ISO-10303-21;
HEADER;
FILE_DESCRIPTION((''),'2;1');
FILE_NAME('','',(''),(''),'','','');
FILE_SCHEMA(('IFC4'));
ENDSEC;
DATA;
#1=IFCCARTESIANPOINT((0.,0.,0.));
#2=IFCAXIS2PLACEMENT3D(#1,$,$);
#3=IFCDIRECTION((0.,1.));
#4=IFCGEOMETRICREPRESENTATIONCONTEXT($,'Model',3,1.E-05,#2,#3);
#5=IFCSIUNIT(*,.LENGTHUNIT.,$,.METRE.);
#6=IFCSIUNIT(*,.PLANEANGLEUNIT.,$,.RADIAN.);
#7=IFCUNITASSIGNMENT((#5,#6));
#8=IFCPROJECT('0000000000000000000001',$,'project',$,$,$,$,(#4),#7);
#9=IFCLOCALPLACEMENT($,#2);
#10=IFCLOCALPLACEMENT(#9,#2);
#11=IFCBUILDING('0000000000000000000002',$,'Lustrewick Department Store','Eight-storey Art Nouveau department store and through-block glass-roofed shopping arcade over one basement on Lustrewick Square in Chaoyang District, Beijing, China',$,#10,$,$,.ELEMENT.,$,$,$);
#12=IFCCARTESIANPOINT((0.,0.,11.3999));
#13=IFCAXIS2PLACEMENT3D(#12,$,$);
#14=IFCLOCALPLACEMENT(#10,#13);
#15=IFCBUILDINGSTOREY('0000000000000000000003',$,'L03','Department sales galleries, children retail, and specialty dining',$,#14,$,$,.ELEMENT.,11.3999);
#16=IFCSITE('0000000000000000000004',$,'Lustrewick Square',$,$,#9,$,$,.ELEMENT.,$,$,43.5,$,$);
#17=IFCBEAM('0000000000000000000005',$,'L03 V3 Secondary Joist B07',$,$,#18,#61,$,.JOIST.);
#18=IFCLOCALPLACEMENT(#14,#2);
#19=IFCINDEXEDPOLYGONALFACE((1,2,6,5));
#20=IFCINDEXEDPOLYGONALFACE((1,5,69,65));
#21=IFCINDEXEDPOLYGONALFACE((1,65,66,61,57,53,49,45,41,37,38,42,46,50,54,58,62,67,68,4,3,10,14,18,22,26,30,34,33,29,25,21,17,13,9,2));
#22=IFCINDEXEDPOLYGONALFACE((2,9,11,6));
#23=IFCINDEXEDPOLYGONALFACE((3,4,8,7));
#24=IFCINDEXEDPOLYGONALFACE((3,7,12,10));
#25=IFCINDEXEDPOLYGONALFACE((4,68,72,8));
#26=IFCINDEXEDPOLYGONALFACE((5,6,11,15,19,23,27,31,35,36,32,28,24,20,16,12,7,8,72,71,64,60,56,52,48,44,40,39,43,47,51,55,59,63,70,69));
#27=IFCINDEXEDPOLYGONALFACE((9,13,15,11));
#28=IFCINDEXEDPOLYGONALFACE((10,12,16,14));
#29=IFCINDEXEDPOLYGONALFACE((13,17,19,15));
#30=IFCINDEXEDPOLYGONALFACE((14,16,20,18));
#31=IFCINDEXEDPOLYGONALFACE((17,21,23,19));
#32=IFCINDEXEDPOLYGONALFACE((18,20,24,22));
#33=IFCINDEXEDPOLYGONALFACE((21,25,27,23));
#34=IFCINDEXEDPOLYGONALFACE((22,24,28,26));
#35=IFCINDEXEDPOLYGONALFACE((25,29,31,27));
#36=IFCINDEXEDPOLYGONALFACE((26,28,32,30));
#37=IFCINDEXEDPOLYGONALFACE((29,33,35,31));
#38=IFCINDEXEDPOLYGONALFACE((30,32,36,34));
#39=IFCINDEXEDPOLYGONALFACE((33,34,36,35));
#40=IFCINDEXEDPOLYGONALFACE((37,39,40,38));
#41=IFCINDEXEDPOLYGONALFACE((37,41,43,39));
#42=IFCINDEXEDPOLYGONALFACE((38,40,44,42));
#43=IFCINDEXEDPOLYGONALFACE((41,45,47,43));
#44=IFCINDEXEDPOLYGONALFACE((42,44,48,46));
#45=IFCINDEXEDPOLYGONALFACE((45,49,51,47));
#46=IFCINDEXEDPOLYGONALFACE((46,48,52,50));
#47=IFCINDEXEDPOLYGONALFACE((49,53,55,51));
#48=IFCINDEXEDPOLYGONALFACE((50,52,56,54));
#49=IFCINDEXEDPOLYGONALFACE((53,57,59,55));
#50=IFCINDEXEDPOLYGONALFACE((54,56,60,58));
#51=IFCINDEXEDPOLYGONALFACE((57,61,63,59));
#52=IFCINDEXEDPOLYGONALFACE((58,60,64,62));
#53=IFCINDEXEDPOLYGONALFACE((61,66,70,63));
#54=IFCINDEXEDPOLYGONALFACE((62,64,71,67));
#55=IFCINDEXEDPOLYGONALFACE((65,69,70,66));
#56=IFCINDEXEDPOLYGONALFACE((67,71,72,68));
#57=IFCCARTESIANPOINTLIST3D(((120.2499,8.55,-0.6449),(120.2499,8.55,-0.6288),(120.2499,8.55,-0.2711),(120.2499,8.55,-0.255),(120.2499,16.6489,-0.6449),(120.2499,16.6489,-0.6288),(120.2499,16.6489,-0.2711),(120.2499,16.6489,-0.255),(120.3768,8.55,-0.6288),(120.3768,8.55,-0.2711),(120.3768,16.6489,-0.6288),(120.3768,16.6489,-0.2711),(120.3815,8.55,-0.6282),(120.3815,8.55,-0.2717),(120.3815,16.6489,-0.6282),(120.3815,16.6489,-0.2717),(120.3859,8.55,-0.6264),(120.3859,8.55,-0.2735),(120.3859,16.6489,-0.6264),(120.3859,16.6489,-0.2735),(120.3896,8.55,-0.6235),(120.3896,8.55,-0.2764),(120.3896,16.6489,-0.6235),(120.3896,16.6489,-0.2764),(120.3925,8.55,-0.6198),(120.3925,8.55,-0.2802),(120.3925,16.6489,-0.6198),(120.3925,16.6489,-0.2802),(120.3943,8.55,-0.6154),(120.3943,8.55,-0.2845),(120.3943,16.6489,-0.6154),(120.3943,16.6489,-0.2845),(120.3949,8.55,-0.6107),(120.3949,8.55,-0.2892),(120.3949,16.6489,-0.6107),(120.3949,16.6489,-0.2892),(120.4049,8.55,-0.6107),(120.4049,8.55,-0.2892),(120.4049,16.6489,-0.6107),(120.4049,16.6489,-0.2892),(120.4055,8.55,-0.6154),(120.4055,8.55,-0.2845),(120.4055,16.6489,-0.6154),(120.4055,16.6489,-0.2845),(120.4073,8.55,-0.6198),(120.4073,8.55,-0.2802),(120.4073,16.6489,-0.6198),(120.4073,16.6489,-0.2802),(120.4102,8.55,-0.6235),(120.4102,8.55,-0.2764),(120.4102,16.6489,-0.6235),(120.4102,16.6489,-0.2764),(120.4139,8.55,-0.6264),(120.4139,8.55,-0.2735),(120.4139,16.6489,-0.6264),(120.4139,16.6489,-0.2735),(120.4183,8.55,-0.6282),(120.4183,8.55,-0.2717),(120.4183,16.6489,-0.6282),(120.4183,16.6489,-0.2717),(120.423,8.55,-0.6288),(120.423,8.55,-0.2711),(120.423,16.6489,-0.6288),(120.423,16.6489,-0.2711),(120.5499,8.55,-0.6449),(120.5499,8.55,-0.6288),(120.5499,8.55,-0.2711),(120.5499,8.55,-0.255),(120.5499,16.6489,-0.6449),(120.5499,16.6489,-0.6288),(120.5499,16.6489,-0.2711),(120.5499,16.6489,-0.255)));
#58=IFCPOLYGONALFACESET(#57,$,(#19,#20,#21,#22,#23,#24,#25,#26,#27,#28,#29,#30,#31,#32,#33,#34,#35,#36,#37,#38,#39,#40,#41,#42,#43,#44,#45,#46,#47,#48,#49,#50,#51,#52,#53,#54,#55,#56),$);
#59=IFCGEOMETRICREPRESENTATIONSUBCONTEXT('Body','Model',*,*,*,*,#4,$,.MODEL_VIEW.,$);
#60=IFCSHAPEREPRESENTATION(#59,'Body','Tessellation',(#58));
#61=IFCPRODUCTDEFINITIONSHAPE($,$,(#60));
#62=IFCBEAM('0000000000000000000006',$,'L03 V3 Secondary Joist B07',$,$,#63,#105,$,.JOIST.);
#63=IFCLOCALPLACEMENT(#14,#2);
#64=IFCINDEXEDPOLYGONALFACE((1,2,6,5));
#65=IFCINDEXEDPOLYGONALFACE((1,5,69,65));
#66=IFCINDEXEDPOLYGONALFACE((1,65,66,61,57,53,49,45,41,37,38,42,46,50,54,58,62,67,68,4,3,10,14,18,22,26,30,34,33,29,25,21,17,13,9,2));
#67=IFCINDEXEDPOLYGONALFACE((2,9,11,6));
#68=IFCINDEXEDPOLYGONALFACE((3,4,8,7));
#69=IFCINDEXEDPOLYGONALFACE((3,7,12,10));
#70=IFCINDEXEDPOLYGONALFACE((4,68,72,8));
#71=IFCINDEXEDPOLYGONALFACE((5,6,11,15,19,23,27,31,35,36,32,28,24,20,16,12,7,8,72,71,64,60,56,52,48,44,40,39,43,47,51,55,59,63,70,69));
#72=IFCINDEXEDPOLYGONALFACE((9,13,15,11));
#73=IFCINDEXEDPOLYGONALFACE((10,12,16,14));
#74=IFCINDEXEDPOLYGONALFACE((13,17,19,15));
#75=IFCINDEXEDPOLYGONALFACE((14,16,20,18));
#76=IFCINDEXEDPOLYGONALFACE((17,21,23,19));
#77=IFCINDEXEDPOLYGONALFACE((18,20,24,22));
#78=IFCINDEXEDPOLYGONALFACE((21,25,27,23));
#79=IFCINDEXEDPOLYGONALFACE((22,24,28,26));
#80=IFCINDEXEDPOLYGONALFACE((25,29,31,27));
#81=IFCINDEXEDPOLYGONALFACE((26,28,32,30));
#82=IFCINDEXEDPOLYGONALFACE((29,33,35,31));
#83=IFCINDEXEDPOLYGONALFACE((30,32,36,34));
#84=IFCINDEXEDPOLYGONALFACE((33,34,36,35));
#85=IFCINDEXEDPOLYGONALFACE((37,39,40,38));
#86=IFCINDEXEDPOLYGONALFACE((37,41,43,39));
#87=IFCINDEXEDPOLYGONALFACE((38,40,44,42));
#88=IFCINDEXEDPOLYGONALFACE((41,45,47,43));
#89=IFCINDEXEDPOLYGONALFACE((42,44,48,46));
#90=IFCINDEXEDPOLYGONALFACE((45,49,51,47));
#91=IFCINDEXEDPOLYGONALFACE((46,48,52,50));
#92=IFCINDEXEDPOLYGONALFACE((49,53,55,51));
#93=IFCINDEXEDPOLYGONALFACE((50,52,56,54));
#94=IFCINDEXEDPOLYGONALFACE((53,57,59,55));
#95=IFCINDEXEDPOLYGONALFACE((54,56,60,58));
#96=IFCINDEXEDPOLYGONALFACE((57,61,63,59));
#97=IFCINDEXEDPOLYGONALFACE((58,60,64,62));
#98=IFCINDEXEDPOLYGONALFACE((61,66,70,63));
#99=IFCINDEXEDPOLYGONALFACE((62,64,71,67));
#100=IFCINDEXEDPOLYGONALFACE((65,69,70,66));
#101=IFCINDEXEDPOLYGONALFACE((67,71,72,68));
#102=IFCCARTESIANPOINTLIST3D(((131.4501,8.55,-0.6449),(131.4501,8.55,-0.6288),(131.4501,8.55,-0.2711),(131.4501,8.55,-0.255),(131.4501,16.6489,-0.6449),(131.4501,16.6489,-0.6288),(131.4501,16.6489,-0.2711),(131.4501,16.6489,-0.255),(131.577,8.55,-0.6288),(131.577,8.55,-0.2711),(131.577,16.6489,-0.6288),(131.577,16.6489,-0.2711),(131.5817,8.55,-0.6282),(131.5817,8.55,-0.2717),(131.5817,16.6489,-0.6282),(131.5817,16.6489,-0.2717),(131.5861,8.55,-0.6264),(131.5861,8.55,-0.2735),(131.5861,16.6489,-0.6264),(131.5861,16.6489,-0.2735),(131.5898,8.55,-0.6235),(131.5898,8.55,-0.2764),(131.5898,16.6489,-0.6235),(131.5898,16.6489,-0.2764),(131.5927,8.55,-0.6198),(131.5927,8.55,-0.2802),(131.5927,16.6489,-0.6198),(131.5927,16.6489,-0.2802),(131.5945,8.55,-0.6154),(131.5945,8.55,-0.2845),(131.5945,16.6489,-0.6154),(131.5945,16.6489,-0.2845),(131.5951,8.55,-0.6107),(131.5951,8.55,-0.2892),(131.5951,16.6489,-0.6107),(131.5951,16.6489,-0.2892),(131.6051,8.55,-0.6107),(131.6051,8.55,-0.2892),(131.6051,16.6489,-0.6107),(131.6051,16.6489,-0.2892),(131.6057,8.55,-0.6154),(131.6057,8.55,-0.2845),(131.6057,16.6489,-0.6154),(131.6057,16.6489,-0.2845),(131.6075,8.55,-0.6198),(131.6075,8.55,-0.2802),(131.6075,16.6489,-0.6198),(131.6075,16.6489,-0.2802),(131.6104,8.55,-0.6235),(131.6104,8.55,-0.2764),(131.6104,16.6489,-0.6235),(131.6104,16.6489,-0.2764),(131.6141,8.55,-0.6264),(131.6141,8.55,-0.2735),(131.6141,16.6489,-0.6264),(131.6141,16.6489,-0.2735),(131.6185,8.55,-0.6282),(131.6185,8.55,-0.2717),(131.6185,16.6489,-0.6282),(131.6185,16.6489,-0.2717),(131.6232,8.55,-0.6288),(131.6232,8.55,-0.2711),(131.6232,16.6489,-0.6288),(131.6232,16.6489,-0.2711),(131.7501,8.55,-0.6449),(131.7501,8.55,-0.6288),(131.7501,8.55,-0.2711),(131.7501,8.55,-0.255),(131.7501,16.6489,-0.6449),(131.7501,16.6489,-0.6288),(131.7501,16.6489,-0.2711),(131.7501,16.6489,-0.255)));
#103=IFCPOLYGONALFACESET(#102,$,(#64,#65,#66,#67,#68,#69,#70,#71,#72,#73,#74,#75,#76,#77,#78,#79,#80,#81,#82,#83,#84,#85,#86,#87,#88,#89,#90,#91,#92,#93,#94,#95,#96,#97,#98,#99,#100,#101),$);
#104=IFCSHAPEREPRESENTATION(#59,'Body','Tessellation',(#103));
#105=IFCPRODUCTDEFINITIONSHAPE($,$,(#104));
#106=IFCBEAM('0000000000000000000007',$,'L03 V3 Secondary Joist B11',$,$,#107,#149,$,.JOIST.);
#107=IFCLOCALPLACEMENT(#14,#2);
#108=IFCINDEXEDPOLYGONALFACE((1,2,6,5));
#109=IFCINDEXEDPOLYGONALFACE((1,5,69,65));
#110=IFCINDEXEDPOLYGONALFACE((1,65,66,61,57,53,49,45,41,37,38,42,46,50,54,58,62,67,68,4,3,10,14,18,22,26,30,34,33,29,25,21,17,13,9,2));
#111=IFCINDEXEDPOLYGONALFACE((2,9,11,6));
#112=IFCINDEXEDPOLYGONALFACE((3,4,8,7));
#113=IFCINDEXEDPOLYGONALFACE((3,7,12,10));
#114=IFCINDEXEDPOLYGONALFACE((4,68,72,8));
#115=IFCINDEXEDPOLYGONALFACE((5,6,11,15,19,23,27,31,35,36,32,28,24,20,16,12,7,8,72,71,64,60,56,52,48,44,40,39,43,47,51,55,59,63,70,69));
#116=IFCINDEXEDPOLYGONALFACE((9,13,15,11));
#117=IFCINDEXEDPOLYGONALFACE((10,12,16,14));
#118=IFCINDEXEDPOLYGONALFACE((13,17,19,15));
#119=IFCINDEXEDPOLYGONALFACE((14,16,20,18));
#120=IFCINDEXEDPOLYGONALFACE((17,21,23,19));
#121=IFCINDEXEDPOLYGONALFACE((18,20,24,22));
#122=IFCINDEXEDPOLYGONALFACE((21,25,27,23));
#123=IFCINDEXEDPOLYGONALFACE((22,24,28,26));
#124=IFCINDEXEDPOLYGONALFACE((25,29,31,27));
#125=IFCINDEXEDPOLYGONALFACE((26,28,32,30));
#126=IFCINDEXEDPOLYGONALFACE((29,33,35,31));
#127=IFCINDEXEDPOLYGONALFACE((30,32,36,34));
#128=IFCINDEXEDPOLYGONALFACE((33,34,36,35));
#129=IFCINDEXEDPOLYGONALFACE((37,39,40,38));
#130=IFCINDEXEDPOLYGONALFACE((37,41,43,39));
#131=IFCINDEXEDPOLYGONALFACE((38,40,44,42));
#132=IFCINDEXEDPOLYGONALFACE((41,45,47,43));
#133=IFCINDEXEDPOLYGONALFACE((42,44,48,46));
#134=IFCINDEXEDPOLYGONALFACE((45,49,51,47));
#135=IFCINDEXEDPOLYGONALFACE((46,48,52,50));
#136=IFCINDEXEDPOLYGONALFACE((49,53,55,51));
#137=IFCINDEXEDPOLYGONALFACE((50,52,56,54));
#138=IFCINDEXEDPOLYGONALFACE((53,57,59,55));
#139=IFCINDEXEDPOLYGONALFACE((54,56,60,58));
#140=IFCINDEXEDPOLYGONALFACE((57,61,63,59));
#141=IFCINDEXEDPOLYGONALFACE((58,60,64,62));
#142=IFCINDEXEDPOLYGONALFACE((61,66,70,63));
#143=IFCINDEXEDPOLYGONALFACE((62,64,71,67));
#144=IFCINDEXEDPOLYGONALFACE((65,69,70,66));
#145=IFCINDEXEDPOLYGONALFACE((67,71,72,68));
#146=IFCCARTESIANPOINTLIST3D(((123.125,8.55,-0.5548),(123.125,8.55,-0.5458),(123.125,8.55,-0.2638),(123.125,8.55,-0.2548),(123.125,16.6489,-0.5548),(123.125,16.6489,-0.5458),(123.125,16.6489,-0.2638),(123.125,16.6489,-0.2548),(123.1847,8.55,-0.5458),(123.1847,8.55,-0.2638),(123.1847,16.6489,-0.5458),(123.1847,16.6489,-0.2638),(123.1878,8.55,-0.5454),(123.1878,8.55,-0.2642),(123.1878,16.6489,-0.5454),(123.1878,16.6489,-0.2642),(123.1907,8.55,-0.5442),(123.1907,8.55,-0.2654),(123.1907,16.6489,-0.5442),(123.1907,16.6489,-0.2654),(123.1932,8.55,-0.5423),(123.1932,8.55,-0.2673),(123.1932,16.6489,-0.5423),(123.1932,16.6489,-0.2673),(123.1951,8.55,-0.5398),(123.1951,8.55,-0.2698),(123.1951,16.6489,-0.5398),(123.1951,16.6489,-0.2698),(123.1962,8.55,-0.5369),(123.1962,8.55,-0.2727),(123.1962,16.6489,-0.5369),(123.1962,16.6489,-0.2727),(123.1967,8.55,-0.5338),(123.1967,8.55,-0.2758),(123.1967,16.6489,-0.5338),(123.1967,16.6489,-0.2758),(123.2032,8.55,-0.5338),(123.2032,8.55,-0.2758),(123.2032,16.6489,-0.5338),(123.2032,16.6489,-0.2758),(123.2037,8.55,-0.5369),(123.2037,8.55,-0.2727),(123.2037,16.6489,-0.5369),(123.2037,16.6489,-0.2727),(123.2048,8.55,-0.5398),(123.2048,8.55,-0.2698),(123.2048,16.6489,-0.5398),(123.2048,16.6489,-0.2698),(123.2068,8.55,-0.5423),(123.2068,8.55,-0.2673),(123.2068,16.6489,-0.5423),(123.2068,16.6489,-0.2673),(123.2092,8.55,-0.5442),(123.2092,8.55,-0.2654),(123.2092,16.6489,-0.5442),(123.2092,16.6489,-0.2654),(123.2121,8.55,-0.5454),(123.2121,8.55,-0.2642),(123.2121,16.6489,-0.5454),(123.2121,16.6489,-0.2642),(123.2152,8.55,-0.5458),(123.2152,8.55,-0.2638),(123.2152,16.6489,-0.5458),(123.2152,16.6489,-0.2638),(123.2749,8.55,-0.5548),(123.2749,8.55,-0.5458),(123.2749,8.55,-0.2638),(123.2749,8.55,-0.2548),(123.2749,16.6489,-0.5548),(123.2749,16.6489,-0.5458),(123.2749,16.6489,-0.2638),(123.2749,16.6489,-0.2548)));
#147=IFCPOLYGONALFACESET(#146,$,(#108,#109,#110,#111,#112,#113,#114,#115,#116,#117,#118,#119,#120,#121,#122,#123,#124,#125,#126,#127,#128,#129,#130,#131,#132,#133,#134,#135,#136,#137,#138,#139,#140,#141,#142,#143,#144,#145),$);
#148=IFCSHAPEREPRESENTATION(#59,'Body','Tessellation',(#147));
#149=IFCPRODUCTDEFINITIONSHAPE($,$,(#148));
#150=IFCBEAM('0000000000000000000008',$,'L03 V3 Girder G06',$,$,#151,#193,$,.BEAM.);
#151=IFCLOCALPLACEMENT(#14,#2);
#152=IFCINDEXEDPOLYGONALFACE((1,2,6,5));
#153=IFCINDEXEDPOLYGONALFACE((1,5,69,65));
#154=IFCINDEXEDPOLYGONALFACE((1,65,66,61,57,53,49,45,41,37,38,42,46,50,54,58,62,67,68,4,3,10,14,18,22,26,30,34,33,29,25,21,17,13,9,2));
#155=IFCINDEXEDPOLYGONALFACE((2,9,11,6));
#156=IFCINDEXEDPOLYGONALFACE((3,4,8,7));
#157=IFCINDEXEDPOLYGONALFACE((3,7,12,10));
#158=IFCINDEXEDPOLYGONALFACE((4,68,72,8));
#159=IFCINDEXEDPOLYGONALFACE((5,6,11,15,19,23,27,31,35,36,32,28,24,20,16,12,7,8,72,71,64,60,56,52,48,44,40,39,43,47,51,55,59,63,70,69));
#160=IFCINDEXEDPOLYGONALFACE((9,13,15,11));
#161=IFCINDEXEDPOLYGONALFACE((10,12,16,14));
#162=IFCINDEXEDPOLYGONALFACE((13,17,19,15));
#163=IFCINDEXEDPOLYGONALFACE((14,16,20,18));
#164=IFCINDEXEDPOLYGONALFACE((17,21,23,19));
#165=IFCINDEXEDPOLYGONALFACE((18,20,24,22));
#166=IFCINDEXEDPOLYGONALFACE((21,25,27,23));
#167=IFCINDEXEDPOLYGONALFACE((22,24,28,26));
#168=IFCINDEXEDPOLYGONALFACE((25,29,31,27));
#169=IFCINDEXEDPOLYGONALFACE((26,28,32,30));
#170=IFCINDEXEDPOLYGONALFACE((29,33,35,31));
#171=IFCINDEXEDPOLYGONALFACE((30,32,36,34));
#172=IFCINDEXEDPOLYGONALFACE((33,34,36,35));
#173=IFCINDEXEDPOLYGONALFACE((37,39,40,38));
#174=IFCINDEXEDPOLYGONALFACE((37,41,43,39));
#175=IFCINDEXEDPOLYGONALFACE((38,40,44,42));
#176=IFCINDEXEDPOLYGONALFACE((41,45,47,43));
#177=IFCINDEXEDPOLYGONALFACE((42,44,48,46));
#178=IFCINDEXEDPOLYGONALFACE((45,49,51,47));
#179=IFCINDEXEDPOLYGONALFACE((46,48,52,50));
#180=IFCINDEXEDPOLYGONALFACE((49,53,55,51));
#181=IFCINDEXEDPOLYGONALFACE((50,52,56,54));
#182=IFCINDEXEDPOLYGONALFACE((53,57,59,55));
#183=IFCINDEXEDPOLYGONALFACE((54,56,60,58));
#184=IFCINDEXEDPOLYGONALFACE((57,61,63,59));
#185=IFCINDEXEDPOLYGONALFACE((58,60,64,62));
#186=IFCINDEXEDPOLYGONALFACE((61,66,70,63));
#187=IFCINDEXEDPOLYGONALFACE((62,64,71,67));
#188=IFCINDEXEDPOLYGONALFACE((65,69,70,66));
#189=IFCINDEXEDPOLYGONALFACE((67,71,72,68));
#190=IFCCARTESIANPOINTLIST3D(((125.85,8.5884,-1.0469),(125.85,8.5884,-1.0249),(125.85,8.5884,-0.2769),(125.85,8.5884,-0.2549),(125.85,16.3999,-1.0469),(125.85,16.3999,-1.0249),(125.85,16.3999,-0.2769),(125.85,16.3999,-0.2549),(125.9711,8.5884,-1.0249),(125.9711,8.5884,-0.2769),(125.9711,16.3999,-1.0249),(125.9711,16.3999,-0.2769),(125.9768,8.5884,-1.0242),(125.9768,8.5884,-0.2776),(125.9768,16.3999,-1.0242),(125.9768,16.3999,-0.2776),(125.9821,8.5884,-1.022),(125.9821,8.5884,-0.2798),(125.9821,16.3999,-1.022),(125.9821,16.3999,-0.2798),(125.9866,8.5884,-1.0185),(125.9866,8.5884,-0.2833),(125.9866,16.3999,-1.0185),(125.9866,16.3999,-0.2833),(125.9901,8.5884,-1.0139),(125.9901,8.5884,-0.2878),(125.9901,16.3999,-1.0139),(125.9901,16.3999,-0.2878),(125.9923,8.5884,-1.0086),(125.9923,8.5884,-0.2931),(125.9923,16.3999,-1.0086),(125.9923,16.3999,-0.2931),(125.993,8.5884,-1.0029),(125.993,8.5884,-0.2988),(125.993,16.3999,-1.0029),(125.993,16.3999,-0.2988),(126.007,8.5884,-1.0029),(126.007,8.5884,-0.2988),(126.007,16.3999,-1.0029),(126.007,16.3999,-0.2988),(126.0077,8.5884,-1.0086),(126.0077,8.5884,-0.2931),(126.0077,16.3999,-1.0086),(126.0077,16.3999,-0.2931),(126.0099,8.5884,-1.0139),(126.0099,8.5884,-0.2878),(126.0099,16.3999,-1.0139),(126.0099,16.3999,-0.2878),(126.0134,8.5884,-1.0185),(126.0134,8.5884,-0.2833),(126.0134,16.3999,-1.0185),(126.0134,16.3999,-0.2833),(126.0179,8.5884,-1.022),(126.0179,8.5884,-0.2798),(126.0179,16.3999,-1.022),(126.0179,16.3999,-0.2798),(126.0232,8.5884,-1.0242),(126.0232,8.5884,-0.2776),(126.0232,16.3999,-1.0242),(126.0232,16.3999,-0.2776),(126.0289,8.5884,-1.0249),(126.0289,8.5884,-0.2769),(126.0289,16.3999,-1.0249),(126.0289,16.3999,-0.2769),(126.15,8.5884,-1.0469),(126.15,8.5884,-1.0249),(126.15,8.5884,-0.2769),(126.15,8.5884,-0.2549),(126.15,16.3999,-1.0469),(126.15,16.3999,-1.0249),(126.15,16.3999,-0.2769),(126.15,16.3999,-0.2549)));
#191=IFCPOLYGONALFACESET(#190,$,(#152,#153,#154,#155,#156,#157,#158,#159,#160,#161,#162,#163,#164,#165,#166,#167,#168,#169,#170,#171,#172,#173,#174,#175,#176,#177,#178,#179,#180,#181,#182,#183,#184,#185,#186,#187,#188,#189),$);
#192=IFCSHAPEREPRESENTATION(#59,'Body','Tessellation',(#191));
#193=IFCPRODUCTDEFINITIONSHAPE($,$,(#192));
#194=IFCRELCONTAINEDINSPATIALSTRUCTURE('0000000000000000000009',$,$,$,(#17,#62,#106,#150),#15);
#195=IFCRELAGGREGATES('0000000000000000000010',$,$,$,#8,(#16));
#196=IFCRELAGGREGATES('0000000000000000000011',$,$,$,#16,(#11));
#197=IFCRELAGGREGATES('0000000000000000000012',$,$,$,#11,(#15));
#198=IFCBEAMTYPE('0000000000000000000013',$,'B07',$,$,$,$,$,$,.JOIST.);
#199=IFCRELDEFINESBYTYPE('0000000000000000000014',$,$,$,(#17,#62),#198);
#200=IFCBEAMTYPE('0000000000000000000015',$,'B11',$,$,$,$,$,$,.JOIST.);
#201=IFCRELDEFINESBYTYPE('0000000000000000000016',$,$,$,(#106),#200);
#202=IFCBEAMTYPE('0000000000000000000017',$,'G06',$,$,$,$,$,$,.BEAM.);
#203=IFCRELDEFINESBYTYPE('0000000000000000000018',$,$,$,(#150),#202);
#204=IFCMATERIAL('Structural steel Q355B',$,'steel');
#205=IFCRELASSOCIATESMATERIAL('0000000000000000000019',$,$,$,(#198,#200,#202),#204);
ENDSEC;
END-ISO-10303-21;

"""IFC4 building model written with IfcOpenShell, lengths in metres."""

from ifc_helpers import new_model, si_unit, direction, frame, origin, origin_2d, place, context, subcontext, project, spatial, i_section, extrude, material, material_profile, profile_set, type_object, element, save


model = new_model("IFC4")

# Units and contexts
model_context = context("Model", 3, precision=1e-05, world=origin(), true_north=direction((0.0, 1.0)))
body_context = subcontext(model_context, "Body", "Model", "MODEL_VIEW")
ifc_project = project(units=[si_unit("LENGTHUNIT", "METRE"), si_unit("PLANEANGLEUNIT", "RADIAN")], contexts=[model_context])

# Site, building, storey
site_placement = place(None, origin())
site = spatial("IfcSite", under=ifc_project, at=site_placement, Name="Lustrewick Square", CompositionType="ELEMENT", RefElevation=43.5)
building_placement = place(site_placement, origin())
building = spatial("IfcBuilding", under=site, at=building_placement, Name="Lustrewick Department Store", Description="Eight-storey Art Nouveau department store and through-block glass-roofed shopping arcade over one basement on Lustrewick Square in Chaoyang District, Beijing, China", CompositionType="ELEMENT")
storey_placement = place(building_placement, frame((0.0, 0.0, 11.3999)))
storey = spatial("IfcBuildingStorey", under=building, at=storey_placement, Name="L03", Description="Department sales galleries, children retail, and specialty dining", CompositionType="ELEMENT", Elevation=11.3999)

# Shared definitions
ifc_material_1 = material(Name="Structural steel Q355B", Category="steel")

# Beams
ifc_material_profile_1 = material_profile(ifc_material_1, i_section(OverallWidth=0.3, OverallDepth=0.3899, WebThickness=0.01, FlangeThickness=0.0161, FilletRadius=0.0181, at=origin_2d()), Name="HM 390x300x10x16")
ifc_profile_set_1 = profile_set([ifc_material_profile_1], Name="Structural steel Q355B")
beam_type_1 = type_object("IfcBeamType", Name="B07", PredefinedType="JOIST", material=ifc_profile_set_1)
for number, where, z_axis, x_axis, name in (
    (1, (120.3999, 8.55, -0.45), (0.0, 1.0, 0.0), (-1.0, 0.0, 0.0), "L03 V3 Secondary Joist B07"),
    (2, (131.6001, 8.55, -0.45), (0.0, 1.0, 0.0), (-1.0, 0.0, 0.0), "L03 V3 Secondary Joist B07"),
):
    element("IfcBeam", number, at=place(storey_placement, frame(where, z_axis=z_axis, x_axis=x_axis)), inside=storey, type_object=beam_type_1, Name=name, PredefinedType="JOIST", context=body_context, shape_type="SweptSolid", body=[
        extrude(i_section(OverallWidth=0.3, OverallDepth=0.3899, WebThickness=0.01, FlangeThickness=0.0161, FilletRadius=0.0181, at=origin_2d()), origin(), (0.0, 0.0, 1.0), 8.0989),
    ])
ifc_material_profile_2 = material_profile(ifc_material_1, i_section(OverallWidth=0.1499, OverallDepth=0.3, WebThickness=0.0066, FlangeThickness=0.009, FilletRadius=0.012, at=origin_2d()), Name="HN 300x150x6.5x9")
ifc_profile_set_2 = profile_set([ifc_material_profile_2], Name="Structural steel Q355B")
beam_type_2 = type_object("IfcBeamType", Name="B11", PredefinedType="JOIST", material=ifc_profile_set_2)
beam_1_placement = place(storey_placement, frame((123.2, 8.55, -0.4048), z_axis=(0.0, 1.0, 0.0), x_axis=(-1.0, 0.0, 0.0)))
element("IfcBeam", 3, at=beam_1_placement, inside=storey, type_object=beam_type_2, Name="L03 V3 Secondary Joist B11", PredefinedType="JOIST", context=body_context, shape_type="SweptSolid", body=[
    extrude(i_section(OverallWidth=0.1499, OverallDepth=0.3, WebThickness=0.0066, FlangeThickness=0.009, FilletRadius=0.012, at=origin_2d()), origin(), (0.0, 0.0, 1.0), 8.0989),
])
ifc_material_profile_3 = material_profile(ifc_material_1, i_section(OverallWidth=0.3, OverallDepth=0.792, WebThickness=0.0139, FlangeThickness=0.022, FilletRadius=0.022, at=origin_2d()), Name="HN 792x300x14x22")
ifc_profile_set_3 = profile_set([ifc_material_profile_3], Name="Structural steel Q355B")
beam_type_3 = type_object("IfcBeamType", Name="G06", PredefinedType="BEAM", material=ifc_profile_set_3)
beam_2_placement = place(storey_placement, frame((126.0, 8.5884, -0.6509), z_axis=(0.0, 1.0, 0.0), x_axis=(-1.0, 0.0, 0.0)))
element("IfcBeam", 4, at=beam_2_placement, inside=storey, type_object=beam_type_3, Name="L03 V3 Girder G06", PredefinedType="BEAM", context=body_context, shape_type="SweptSolid", body=[
    extrude(i_section(OverallWidth=0.3, OverallDepth=0.792, WebThickness=0.0139, FlangeThickness=0.022, FilletRadius=0.022, at=origin_2d()), origin(), (0.0, 0.0, 1.0), 7.8115),
])

save(model, "model.ifc")
